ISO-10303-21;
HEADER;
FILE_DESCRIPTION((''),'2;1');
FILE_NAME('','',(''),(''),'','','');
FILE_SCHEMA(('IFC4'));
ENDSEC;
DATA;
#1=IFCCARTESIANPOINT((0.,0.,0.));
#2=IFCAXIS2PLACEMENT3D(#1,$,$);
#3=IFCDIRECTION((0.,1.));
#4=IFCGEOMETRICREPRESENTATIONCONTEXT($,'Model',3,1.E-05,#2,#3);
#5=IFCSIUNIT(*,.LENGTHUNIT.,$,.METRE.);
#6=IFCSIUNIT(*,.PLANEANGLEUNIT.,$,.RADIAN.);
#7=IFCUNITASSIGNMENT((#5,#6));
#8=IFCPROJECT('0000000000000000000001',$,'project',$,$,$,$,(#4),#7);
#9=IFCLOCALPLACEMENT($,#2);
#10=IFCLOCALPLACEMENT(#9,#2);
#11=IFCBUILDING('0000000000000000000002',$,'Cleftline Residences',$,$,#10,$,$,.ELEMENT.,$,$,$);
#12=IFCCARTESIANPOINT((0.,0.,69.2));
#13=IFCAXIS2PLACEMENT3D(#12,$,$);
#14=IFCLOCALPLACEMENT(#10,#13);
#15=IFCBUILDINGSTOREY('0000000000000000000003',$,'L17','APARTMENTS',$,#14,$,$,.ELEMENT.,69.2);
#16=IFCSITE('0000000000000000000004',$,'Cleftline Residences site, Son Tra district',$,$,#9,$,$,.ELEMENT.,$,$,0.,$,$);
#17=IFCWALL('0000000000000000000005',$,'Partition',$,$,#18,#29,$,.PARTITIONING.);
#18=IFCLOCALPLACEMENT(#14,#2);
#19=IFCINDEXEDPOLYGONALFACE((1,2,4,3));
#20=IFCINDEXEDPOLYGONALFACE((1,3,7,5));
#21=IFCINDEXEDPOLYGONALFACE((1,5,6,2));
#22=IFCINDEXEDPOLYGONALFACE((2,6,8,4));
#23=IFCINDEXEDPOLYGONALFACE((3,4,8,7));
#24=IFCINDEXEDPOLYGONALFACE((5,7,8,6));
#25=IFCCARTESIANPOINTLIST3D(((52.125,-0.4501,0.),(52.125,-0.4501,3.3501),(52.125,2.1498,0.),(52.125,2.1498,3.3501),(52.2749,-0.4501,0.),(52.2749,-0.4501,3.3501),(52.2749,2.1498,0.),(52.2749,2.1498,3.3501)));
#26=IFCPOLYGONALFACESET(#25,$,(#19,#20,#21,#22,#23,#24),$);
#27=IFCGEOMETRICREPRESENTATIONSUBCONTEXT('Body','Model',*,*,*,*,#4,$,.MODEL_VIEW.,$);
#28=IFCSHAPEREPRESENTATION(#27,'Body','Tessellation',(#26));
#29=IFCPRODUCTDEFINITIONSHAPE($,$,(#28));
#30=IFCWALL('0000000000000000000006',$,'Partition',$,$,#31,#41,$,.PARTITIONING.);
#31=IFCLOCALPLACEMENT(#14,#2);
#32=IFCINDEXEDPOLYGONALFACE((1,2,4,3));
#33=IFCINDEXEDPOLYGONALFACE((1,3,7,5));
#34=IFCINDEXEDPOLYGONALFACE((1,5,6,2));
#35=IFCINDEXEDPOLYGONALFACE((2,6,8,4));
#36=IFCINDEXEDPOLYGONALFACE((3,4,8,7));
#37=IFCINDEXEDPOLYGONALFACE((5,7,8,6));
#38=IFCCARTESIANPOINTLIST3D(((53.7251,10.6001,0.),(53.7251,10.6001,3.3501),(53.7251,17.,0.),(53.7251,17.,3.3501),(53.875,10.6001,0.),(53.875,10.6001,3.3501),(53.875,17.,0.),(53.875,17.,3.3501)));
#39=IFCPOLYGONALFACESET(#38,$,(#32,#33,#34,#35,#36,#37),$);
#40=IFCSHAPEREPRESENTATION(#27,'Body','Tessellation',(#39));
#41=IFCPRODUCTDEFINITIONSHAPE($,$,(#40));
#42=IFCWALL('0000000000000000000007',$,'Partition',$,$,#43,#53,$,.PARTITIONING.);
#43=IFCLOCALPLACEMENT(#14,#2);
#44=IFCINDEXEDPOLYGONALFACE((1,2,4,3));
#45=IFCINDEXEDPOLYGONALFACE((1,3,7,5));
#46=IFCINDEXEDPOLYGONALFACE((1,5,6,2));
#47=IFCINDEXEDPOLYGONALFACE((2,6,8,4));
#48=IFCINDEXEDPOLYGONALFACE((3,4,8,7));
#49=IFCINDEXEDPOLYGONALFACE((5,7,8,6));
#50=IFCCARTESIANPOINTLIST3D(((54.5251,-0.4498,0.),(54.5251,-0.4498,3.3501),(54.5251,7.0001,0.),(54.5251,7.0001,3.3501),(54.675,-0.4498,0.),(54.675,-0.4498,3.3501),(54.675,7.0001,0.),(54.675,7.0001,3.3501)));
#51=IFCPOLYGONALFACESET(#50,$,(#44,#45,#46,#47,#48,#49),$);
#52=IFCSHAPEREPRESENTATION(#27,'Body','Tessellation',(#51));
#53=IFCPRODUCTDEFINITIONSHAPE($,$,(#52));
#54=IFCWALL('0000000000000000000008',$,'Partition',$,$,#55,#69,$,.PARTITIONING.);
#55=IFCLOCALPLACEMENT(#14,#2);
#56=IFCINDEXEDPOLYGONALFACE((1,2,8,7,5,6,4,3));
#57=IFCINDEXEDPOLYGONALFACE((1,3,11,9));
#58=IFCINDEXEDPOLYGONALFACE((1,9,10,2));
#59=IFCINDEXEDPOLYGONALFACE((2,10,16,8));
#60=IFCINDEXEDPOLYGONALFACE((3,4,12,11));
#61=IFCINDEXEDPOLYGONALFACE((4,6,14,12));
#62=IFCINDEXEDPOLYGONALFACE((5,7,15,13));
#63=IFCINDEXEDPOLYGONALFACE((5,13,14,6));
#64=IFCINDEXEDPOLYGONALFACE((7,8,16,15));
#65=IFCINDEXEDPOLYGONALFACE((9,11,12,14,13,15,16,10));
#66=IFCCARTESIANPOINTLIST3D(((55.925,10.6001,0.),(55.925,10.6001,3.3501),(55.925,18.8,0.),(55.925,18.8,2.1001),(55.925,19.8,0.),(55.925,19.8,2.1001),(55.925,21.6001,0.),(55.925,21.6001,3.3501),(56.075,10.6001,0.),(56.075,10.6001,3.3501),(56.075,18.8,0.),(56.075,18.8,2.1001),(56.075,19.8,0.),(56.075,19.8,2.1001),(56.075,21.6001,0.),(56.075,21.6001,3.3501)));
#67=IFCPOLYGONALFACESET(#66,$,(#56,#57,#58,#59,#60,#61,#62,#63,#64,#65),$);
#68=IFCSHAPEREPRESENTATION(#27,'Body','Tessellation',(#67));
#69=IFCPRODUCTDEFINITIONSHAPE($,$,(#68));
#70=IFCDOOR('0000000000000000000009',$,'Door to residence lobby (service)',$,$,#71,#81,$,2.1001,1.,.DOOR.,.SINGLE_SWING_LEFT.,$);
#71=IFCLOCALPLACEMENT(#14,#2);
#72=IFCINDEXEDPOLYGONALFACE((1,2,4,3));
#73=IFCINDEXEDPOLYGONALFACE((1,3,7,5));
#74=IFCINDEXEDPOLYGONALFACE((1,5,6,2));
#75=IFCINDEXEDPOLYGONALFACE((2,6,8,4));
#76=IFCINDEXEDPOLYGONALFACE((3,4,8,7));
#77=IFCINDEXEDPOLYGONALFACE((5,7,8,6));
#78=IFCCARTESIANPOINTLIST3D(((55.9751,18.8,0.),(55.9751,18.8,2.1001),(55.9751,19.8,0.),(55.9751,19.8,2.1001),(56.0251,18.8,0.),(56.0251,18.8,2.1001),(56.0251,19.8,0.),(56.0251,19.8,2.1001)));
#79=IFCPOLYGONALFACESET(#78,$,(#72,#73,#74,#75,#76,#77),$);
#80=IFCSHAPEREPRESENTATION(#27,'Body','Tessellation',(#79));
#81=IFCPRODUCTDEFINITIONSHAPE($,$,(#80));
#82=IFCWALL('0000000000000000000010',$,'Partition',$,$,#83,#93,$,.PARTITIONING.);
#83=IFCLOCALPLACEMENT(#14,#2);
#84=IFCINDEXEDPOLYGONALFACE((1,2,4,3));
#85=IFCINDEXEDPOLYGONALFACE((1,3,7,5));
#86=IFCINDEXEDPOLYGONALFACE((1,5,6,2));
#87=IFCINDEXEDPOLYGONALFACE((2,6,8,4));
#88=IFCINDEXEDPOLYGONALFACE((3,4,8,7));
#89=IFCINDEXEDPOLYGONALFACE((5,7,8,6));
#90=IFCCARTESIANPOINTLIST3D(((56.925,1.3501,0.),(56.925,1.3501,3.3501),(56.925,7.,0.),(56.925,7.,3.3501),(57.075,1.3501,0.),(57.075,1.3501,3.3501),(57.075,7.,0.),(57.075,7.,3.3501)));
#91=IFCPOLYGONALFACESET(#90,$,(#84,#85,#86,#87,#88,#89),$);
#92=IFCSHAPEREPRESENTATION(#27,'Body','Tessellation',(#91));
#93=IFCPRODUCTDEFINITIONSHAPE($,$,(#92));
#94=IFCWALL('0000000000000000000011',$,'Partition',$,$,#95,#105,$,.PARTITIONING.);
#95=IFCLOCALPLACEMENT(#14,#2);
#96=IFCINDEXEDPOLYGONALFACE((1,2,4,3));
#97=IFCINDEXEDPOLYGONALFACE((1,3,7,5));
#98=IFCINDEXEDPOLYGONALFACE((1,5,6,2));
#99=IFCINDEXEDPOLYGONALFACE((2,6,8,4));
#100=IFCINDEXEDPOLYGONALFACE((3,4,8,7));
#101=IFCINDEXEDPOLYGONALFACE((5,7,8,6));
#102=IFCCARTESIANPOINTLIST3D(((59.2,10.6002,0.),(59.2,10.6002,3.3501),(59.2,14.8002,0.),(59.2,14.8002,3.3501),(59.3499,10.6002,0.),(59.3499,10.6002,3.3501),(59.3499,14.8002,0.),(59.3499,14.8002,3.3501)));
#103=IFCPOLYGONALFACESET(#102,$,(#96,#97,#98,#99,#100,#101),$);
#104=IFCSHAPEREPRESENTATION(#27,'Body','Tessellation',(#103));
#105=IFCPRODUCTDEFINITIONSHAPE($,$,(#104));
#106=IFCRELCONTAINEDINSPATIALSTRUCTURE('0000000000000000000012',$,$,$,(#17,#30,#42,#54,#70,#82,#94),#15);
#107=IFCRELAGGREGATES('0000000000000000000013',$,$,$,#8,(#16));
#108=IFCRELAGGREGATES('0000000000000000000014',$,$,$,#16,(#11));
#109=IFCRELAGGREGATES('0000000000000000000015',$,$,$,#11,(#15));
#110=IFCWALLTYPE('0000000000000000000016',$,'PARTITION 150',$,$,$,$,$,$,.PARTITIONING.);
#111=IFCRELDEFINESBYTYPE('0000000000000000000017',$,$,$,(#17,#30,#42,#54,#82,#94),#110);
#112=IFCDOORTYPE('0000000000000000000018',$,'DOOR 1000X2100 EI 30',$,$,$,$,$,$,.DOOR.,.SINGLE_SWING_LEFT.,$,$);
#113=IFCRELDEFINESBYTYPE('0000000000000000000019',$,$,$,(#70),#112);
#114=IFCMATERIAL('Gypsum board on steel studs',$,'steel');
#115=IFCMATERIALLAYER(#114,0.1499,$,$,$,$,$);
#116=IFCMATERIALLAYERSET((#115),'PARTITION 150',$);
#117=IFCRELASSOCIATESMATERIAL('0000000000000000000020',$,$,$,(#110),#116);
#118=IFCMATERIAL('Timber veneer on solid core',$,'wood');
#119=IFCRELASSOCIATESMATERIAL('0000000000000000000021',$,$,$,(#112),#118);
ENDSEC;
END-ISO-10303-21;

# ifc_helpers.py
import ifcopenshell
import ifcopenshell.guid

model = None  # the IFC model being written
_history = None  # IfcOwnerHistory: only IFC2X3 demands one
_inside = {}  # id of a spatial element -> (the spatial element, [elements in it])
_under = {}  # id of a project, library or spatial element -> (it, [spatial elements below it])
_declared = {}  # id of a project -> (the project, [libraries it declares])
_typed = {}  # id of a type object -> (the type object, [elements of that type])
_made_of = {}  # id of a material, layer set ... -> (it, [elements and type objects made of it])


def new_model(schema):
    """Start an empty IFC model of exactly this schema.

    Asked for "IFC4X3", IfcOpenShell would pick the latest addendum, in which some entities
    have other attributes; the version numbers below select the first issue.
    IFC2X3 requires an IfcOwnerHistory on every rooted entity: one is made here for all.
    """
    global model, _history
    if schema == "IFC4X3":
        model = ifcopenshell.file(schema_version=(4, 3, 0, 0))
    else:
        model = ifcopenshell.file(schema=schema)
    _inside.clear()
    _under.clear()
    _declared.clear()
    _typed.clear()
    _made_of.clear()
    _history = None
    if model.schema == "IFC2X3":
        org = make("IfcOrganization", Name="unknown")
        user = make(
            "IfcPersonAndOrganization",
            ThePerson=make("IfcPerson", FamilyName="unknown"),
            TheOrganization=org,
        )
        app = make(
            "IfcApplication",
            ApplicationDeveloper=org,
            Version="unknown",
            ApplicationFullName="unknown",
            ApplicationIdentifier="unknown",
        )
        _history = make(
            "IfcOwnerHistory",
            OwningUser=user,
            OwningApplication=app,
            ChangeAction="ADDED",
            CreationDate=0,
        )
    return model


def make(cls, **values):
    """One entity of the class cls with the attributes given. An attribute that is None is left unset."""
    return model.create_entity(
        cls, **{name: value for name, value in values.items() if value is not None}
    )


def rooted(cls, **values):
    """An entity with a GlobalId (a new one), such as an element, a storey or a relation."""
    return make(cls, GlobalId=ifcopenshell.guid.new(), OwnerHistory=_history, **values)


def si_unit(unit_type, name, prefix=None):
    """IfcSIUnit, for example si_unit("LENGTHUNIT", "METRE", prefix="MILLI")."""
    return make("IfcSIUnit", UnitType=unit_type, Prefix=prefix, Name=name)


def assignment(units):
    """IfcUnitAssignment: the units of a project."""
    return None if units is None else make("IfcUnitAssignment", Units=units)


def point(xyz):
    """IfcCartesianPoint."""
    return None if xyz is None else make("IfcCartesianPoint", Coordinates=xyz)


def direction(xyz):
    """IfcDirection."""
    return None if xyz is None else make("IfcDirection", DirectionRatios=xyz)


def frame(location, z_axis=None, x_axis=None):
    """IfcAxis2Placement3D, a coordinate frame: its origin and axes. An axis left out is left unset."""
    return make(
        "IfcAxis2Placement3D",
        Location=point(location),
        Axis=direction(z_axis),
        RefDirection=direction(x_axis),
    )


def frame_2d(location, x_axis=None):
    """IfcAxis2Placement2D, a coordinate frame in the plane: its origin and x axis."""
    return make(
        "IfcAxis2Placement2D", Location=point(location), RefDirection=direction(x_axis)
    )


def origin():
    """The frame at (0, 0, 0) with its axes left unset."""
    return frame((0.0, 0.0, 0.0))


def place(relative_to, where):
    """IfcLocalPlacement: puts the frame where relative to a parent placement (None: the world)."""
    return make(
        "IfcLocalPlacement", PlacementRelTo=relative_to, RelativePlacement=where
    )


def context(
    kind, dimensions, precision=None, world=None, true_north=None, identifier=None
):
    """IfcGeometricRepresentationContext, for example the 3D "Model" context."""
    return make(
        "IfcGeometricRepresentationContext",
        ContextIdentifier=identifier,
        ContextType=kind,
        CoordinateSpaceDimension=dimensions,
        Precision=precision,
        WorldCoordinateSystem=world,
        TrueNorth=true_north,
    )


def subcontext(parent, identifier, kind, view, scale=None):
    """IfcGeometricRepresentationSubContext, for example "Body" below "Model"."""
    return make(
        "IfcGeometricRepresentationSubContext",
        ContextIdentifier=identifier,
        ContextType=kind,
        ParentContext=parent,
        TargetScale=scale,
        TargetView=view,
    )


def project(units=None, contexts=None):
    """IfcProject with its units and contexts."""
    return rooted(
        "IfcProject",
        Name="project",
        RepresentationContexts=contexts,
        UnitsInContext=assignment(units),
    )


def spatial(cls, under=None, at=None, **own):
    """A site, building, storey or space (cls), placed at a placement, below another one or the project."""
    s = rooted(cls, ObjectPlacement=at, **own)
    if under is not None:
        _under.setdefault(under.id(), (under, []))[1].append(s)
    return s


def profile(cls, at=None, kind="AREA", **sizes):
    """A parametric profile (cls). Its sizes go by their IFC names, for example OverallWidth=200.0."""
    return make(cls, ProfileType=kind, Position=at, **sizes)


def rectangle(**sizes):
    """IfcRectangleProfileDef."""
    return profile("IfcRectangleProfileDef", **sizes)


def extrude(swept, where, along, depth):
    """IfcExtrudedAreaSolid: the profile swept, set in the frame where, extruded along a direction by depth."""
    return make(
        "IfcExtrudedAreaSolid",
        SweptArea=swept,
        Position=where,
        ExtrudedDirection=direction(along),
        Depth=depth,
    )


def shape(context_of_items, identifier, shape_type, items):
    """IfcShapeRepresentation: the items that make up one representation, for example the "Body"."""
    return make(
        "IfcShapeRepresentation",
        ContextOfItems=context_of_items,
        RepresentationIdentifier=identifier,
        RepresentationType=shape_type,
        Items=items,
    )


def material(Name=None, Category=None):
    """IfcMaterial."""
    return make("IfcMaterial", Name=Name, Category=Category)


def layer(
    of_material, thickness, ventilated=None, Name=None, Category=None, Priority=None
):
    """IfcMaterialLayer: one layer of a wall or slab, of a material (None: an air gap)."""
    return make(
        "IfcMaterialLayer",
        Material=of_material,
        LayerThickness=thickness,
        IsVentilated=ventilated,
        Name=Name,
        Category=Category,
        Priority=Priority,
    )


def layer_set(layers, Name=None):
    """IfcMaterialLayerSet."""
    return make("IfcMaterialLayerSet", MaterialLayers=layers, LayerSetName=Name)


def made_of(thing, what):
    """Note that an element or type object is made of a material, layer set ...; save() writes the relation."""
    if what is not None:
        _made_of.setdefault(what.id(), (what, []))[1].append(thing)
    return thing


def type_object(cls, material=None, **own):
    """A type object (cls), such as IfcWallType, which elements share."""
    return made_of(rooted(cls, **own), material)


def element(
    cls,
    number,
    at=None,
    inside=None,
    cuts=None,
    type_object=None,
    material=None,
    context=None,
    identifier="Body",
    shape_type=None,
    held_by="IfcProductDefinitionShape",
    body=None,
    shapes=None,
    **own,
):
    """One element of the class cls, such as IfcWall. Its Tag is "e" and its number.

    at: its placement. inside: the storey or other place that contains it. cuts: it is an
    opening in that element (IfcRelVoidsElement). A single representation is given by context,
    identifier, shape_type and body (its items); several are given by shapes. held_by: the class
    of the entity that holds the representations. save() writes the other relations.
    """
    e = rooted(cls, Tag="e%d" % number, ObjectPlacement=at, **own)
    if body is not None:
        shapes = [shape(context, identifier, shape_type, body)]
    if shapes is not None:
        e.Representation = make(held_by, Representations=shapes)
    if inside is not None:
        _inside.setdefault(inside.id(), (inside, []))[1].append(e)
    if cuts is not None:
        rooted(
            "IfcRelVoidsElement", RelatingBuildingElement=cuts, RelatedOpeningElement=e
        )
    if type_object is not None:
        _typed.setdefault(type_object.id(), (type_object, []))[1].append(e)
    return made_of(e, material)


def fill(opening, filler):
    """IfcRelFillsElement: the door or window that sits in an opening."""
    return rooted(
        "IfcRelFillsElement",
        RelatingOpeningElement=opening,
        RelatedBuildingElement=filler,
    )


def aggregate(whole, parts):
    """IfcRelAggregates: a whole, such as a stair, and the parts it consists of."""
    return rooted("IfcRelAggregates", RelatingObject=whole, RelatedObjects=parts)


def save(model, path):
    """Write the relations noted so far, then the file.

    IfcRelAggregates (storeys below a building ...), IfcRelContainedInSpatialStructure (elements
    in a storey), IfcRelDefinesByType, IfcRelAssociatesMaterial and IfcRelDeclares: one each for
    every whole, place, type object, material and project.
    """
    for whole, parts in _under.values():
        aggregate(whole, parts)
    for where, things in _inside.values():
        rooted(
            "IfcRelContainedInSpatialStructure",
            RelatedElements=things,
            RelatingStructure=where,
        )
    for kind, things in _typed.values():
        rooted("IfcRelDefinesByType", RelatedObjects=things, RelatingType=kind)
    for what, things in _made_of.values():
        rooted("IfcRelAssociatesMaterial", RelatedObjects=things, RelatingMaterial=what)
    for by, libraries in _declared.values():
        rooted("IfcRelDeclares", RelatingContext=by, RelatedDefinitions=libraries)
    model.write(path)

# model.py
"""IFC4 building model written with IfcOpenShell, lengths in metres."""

from ifc_helpers import new_model, si_unit, direction, frame, frame_2d, origin, place, context, subcontext, project, spatial, rectangle, extrude, material, layer, layer_set, type_object, element, fill, save


model = new_model("IFC4")

# Units and contexts
model_context = context("Model", 3, precision=1e-05, world=origin(), true_north=direction((0.0, 1.0)))
body_context = subcontext(model_context, "Body", "Model", "MODEL_VIEW")
ifc_project = project(units=[si_unit("LENGTHUNIT", "METRE"), si_unit("PLANEANGLEUNIT", "RADIAN")], contexts=[model_context])

# Site, building, storey
site_placement = place(None, origin())
site = spatial("IfcSite", under=ifc_project, at=site_placement, Name="Cleftline Residences site, Son Tra district", CompositionType="ELEMENT", RefElevation=0.0)
building_placement = place(site_placement, origin())
building = spatial("IfcBuilding", under=site, at=building_placement, Name="Cleftline Residences", CompositionType="ELEMENT")
storey_placement = place(building_placement, frame((0.0, 0.0, 69.2)))
storey = spatial("IfcBuildingStorey", under=building, at=storey_placement, Name="L17", Description="APARTMENTS", CompositionType="ELEMENT", Elevation=69.2)

# Shared definitions
ifc_material_1 = material(Name="Gypsum board on steel studs", Category="steel")
ifc_layer_1 = layer(ifc_material_1, 0.1499)
ifc_layer_set_1 = layer_set([ifc_layer_1], Name="PARTITION 150")
wall_type_1 = type_object("IfcWallType", Name="PARTITION 150", PredefinedType="PARTITIONING", material=ifc_layer_set_1)

# Walls
wall_1_placement = place(storey_placement, frame((52.2, -0.45, 0.0), z_axis=(0.0, 0.0, 1.0), x_axis=(0.0, 1.0, 0.0)))
element("IfcWall", 1, at=wall_1_placement, inside=storey, type_object=wall_type_1, Name="Partition", PredefinedType="PARTITIONING", context=body_context, shape_type="SweptSolid", body=[
    extrude(rectangle(XDim=2.5999, YDim=0.1499, at=frame_2d((1.2998, 0.0))), origin(), (0.0, 0.0, 1.0), 3.3501),
])
wall_2_placement = place(storey_placement, frame((53.8, 10.6001, 0.0), z_axis=(0.0, 0.0, 1.0), x_axis=(0.0, 1.0, 0.0)))
element("IfcWall", 2, at=wall_2_placement, inside=storey, type_object=wall_type_1, Name="Partition", PredefinedType="PARTITIONING", context=body_context, shape_type="SweptSolid", body=[
    extrude(rectangle(XDim=6.3999, YDim=0.1499, at=frame_2d((3.2, 0.0))), origin(), (0.0, 0.0, 1.0), 3.3501),
])
wall_3_placement = place(storey_placement, frame((54.6001, -0.45, 0.0), z_axis=(0.0, 0.0, 1.0), x_axis=(0.0, 1.0, 0.0)))
element("IfcWall", 3, at=wall_3_placement, inside=storey, type_object=wall_type_1, Name="Partition", PredefinedType="PARTITIONING", context=body_context, shape_type="SweptSolid", body=[
    extrude(rectangle(XDim=7.45, YDim=0.1499, at=frame_2d((3.7251, 0.0))), origin(), (0.0, 0.0, 1.0), 3.3501),
])

# Wall, opening, door
wall_4_placement = place(storey_placement, frame((56.0, 10.6001, 0.0), z_axis=(0.0, 0.0, 1.0), x_axis=(0.0, 1.0, 0.0)))
wall_4 = element("IfcWall", 4, at=wall_4_placement, inside=storey, type_object=wall_type_1, Name="Partition", PredefinedType="PARTITIONING", context=body_context, shape_type="SweptSolid", body=[
    extrude(rectangle(XDim=11.0, YDim=0.1499, at=frame_2d((5.5, 0.0))), origin(), (0.0, 0.0, 1.0), 3.3501),
])
opening_1_placement = place(wall_4_placement, frame((8.2, 0.0, 0.0)))
opening_1 = element("IfcOpeningElement", 5, at=opening_1_placement, cuts=wall_4, PredefinedType="OPENING", context=body_context, shape_type="SweptSolid", body=[
    extrude(rectangle(XDim=1.0, YDim=2.1001, at=frame_2d((0.5, 1.05))), frame((0.0, 0.085, 0.0), z_axis=(0.0, -1.0, 0.0), x_axis=(1.0, 0.0, 0.0)), (0.0, 0.0, 1.0), 0.1699),
])
ifc_material_2 = material(Name="Timber veneer on solid core", Category="wood")
door_type_1 = type_object("IfcDoorType", Name="DOOR 1000X2100 EI 30", OperationType="SINGLE_SWING_LEFT", PredefinedType="DOOR", material=ifc_material_2)
door_1_placement = place(opening_1_placement, origin())
door_1 = element("IfcDoor", 6, at=door_1_placement, inside=storey, type_object=door_type_1, Name="Door to residence lobby (service)", OperationType="SINGLE_SWING_LEFT", OverallHeight=2.1001, OverallWidth=1.0, PredefinedType="DOOR", context=body_context, shape_type="SweptSolid", body=[
    extrude(rectangle(XDim=1.0, YDim=2.1001, at=frame_2d((0.5, 1.05))), frame((0.0, 0.0249, 0.0), z_axis=(0.0, -1.0, 0.0), x_axis=(1.0, 0.0, 0.0)), (0.0, 0.0, 1.0), 0.05),
])
fill(opening_1, door_1)

# Walls
wall_5_placement = place(storey_placement, frame((57.0, 1.3501, 0.0), z_axis=(0.0, 0.0, 1.0), x_axis=(0.0, 1.0, 0.0)))
element("IfcWall", 7, at=wall_5_placement, inside=storey, type_object=wall_type_1, Name="Partition", PredefinedType="PARTITIONING", context=body_context, shape_type="SweptSolid", body=[
    extrude(rectangle(XDim=5.6499, YDim=0.1499, at=frame_2d((2.825, 0.0))), origin(), (0.0, 0.0, 1.0), 3.3501),
])
wall_6_placement = place(storey_placement, frame((59.2749, 10.6001, 0.0), z_axis=(0.0, 0.0, 1.0), x_axis=(0.0, 1.0, 0.0)))
element("IfcWall", 8, at=wall_6_placement, inside=storey, type_object=wall_type_1, Name="Partition", PredefinedType="PARTITIONING", context=body_context, shape_type="SweptSolid", body=[
    extrude(rectangle(XDim=4.2, YDim=0.1499, at=frame_2d((2.1001, 0.0))), origin(), (0.0, 0.0, 1.0), 3.3501),
])

save(model, "model.ifc")
